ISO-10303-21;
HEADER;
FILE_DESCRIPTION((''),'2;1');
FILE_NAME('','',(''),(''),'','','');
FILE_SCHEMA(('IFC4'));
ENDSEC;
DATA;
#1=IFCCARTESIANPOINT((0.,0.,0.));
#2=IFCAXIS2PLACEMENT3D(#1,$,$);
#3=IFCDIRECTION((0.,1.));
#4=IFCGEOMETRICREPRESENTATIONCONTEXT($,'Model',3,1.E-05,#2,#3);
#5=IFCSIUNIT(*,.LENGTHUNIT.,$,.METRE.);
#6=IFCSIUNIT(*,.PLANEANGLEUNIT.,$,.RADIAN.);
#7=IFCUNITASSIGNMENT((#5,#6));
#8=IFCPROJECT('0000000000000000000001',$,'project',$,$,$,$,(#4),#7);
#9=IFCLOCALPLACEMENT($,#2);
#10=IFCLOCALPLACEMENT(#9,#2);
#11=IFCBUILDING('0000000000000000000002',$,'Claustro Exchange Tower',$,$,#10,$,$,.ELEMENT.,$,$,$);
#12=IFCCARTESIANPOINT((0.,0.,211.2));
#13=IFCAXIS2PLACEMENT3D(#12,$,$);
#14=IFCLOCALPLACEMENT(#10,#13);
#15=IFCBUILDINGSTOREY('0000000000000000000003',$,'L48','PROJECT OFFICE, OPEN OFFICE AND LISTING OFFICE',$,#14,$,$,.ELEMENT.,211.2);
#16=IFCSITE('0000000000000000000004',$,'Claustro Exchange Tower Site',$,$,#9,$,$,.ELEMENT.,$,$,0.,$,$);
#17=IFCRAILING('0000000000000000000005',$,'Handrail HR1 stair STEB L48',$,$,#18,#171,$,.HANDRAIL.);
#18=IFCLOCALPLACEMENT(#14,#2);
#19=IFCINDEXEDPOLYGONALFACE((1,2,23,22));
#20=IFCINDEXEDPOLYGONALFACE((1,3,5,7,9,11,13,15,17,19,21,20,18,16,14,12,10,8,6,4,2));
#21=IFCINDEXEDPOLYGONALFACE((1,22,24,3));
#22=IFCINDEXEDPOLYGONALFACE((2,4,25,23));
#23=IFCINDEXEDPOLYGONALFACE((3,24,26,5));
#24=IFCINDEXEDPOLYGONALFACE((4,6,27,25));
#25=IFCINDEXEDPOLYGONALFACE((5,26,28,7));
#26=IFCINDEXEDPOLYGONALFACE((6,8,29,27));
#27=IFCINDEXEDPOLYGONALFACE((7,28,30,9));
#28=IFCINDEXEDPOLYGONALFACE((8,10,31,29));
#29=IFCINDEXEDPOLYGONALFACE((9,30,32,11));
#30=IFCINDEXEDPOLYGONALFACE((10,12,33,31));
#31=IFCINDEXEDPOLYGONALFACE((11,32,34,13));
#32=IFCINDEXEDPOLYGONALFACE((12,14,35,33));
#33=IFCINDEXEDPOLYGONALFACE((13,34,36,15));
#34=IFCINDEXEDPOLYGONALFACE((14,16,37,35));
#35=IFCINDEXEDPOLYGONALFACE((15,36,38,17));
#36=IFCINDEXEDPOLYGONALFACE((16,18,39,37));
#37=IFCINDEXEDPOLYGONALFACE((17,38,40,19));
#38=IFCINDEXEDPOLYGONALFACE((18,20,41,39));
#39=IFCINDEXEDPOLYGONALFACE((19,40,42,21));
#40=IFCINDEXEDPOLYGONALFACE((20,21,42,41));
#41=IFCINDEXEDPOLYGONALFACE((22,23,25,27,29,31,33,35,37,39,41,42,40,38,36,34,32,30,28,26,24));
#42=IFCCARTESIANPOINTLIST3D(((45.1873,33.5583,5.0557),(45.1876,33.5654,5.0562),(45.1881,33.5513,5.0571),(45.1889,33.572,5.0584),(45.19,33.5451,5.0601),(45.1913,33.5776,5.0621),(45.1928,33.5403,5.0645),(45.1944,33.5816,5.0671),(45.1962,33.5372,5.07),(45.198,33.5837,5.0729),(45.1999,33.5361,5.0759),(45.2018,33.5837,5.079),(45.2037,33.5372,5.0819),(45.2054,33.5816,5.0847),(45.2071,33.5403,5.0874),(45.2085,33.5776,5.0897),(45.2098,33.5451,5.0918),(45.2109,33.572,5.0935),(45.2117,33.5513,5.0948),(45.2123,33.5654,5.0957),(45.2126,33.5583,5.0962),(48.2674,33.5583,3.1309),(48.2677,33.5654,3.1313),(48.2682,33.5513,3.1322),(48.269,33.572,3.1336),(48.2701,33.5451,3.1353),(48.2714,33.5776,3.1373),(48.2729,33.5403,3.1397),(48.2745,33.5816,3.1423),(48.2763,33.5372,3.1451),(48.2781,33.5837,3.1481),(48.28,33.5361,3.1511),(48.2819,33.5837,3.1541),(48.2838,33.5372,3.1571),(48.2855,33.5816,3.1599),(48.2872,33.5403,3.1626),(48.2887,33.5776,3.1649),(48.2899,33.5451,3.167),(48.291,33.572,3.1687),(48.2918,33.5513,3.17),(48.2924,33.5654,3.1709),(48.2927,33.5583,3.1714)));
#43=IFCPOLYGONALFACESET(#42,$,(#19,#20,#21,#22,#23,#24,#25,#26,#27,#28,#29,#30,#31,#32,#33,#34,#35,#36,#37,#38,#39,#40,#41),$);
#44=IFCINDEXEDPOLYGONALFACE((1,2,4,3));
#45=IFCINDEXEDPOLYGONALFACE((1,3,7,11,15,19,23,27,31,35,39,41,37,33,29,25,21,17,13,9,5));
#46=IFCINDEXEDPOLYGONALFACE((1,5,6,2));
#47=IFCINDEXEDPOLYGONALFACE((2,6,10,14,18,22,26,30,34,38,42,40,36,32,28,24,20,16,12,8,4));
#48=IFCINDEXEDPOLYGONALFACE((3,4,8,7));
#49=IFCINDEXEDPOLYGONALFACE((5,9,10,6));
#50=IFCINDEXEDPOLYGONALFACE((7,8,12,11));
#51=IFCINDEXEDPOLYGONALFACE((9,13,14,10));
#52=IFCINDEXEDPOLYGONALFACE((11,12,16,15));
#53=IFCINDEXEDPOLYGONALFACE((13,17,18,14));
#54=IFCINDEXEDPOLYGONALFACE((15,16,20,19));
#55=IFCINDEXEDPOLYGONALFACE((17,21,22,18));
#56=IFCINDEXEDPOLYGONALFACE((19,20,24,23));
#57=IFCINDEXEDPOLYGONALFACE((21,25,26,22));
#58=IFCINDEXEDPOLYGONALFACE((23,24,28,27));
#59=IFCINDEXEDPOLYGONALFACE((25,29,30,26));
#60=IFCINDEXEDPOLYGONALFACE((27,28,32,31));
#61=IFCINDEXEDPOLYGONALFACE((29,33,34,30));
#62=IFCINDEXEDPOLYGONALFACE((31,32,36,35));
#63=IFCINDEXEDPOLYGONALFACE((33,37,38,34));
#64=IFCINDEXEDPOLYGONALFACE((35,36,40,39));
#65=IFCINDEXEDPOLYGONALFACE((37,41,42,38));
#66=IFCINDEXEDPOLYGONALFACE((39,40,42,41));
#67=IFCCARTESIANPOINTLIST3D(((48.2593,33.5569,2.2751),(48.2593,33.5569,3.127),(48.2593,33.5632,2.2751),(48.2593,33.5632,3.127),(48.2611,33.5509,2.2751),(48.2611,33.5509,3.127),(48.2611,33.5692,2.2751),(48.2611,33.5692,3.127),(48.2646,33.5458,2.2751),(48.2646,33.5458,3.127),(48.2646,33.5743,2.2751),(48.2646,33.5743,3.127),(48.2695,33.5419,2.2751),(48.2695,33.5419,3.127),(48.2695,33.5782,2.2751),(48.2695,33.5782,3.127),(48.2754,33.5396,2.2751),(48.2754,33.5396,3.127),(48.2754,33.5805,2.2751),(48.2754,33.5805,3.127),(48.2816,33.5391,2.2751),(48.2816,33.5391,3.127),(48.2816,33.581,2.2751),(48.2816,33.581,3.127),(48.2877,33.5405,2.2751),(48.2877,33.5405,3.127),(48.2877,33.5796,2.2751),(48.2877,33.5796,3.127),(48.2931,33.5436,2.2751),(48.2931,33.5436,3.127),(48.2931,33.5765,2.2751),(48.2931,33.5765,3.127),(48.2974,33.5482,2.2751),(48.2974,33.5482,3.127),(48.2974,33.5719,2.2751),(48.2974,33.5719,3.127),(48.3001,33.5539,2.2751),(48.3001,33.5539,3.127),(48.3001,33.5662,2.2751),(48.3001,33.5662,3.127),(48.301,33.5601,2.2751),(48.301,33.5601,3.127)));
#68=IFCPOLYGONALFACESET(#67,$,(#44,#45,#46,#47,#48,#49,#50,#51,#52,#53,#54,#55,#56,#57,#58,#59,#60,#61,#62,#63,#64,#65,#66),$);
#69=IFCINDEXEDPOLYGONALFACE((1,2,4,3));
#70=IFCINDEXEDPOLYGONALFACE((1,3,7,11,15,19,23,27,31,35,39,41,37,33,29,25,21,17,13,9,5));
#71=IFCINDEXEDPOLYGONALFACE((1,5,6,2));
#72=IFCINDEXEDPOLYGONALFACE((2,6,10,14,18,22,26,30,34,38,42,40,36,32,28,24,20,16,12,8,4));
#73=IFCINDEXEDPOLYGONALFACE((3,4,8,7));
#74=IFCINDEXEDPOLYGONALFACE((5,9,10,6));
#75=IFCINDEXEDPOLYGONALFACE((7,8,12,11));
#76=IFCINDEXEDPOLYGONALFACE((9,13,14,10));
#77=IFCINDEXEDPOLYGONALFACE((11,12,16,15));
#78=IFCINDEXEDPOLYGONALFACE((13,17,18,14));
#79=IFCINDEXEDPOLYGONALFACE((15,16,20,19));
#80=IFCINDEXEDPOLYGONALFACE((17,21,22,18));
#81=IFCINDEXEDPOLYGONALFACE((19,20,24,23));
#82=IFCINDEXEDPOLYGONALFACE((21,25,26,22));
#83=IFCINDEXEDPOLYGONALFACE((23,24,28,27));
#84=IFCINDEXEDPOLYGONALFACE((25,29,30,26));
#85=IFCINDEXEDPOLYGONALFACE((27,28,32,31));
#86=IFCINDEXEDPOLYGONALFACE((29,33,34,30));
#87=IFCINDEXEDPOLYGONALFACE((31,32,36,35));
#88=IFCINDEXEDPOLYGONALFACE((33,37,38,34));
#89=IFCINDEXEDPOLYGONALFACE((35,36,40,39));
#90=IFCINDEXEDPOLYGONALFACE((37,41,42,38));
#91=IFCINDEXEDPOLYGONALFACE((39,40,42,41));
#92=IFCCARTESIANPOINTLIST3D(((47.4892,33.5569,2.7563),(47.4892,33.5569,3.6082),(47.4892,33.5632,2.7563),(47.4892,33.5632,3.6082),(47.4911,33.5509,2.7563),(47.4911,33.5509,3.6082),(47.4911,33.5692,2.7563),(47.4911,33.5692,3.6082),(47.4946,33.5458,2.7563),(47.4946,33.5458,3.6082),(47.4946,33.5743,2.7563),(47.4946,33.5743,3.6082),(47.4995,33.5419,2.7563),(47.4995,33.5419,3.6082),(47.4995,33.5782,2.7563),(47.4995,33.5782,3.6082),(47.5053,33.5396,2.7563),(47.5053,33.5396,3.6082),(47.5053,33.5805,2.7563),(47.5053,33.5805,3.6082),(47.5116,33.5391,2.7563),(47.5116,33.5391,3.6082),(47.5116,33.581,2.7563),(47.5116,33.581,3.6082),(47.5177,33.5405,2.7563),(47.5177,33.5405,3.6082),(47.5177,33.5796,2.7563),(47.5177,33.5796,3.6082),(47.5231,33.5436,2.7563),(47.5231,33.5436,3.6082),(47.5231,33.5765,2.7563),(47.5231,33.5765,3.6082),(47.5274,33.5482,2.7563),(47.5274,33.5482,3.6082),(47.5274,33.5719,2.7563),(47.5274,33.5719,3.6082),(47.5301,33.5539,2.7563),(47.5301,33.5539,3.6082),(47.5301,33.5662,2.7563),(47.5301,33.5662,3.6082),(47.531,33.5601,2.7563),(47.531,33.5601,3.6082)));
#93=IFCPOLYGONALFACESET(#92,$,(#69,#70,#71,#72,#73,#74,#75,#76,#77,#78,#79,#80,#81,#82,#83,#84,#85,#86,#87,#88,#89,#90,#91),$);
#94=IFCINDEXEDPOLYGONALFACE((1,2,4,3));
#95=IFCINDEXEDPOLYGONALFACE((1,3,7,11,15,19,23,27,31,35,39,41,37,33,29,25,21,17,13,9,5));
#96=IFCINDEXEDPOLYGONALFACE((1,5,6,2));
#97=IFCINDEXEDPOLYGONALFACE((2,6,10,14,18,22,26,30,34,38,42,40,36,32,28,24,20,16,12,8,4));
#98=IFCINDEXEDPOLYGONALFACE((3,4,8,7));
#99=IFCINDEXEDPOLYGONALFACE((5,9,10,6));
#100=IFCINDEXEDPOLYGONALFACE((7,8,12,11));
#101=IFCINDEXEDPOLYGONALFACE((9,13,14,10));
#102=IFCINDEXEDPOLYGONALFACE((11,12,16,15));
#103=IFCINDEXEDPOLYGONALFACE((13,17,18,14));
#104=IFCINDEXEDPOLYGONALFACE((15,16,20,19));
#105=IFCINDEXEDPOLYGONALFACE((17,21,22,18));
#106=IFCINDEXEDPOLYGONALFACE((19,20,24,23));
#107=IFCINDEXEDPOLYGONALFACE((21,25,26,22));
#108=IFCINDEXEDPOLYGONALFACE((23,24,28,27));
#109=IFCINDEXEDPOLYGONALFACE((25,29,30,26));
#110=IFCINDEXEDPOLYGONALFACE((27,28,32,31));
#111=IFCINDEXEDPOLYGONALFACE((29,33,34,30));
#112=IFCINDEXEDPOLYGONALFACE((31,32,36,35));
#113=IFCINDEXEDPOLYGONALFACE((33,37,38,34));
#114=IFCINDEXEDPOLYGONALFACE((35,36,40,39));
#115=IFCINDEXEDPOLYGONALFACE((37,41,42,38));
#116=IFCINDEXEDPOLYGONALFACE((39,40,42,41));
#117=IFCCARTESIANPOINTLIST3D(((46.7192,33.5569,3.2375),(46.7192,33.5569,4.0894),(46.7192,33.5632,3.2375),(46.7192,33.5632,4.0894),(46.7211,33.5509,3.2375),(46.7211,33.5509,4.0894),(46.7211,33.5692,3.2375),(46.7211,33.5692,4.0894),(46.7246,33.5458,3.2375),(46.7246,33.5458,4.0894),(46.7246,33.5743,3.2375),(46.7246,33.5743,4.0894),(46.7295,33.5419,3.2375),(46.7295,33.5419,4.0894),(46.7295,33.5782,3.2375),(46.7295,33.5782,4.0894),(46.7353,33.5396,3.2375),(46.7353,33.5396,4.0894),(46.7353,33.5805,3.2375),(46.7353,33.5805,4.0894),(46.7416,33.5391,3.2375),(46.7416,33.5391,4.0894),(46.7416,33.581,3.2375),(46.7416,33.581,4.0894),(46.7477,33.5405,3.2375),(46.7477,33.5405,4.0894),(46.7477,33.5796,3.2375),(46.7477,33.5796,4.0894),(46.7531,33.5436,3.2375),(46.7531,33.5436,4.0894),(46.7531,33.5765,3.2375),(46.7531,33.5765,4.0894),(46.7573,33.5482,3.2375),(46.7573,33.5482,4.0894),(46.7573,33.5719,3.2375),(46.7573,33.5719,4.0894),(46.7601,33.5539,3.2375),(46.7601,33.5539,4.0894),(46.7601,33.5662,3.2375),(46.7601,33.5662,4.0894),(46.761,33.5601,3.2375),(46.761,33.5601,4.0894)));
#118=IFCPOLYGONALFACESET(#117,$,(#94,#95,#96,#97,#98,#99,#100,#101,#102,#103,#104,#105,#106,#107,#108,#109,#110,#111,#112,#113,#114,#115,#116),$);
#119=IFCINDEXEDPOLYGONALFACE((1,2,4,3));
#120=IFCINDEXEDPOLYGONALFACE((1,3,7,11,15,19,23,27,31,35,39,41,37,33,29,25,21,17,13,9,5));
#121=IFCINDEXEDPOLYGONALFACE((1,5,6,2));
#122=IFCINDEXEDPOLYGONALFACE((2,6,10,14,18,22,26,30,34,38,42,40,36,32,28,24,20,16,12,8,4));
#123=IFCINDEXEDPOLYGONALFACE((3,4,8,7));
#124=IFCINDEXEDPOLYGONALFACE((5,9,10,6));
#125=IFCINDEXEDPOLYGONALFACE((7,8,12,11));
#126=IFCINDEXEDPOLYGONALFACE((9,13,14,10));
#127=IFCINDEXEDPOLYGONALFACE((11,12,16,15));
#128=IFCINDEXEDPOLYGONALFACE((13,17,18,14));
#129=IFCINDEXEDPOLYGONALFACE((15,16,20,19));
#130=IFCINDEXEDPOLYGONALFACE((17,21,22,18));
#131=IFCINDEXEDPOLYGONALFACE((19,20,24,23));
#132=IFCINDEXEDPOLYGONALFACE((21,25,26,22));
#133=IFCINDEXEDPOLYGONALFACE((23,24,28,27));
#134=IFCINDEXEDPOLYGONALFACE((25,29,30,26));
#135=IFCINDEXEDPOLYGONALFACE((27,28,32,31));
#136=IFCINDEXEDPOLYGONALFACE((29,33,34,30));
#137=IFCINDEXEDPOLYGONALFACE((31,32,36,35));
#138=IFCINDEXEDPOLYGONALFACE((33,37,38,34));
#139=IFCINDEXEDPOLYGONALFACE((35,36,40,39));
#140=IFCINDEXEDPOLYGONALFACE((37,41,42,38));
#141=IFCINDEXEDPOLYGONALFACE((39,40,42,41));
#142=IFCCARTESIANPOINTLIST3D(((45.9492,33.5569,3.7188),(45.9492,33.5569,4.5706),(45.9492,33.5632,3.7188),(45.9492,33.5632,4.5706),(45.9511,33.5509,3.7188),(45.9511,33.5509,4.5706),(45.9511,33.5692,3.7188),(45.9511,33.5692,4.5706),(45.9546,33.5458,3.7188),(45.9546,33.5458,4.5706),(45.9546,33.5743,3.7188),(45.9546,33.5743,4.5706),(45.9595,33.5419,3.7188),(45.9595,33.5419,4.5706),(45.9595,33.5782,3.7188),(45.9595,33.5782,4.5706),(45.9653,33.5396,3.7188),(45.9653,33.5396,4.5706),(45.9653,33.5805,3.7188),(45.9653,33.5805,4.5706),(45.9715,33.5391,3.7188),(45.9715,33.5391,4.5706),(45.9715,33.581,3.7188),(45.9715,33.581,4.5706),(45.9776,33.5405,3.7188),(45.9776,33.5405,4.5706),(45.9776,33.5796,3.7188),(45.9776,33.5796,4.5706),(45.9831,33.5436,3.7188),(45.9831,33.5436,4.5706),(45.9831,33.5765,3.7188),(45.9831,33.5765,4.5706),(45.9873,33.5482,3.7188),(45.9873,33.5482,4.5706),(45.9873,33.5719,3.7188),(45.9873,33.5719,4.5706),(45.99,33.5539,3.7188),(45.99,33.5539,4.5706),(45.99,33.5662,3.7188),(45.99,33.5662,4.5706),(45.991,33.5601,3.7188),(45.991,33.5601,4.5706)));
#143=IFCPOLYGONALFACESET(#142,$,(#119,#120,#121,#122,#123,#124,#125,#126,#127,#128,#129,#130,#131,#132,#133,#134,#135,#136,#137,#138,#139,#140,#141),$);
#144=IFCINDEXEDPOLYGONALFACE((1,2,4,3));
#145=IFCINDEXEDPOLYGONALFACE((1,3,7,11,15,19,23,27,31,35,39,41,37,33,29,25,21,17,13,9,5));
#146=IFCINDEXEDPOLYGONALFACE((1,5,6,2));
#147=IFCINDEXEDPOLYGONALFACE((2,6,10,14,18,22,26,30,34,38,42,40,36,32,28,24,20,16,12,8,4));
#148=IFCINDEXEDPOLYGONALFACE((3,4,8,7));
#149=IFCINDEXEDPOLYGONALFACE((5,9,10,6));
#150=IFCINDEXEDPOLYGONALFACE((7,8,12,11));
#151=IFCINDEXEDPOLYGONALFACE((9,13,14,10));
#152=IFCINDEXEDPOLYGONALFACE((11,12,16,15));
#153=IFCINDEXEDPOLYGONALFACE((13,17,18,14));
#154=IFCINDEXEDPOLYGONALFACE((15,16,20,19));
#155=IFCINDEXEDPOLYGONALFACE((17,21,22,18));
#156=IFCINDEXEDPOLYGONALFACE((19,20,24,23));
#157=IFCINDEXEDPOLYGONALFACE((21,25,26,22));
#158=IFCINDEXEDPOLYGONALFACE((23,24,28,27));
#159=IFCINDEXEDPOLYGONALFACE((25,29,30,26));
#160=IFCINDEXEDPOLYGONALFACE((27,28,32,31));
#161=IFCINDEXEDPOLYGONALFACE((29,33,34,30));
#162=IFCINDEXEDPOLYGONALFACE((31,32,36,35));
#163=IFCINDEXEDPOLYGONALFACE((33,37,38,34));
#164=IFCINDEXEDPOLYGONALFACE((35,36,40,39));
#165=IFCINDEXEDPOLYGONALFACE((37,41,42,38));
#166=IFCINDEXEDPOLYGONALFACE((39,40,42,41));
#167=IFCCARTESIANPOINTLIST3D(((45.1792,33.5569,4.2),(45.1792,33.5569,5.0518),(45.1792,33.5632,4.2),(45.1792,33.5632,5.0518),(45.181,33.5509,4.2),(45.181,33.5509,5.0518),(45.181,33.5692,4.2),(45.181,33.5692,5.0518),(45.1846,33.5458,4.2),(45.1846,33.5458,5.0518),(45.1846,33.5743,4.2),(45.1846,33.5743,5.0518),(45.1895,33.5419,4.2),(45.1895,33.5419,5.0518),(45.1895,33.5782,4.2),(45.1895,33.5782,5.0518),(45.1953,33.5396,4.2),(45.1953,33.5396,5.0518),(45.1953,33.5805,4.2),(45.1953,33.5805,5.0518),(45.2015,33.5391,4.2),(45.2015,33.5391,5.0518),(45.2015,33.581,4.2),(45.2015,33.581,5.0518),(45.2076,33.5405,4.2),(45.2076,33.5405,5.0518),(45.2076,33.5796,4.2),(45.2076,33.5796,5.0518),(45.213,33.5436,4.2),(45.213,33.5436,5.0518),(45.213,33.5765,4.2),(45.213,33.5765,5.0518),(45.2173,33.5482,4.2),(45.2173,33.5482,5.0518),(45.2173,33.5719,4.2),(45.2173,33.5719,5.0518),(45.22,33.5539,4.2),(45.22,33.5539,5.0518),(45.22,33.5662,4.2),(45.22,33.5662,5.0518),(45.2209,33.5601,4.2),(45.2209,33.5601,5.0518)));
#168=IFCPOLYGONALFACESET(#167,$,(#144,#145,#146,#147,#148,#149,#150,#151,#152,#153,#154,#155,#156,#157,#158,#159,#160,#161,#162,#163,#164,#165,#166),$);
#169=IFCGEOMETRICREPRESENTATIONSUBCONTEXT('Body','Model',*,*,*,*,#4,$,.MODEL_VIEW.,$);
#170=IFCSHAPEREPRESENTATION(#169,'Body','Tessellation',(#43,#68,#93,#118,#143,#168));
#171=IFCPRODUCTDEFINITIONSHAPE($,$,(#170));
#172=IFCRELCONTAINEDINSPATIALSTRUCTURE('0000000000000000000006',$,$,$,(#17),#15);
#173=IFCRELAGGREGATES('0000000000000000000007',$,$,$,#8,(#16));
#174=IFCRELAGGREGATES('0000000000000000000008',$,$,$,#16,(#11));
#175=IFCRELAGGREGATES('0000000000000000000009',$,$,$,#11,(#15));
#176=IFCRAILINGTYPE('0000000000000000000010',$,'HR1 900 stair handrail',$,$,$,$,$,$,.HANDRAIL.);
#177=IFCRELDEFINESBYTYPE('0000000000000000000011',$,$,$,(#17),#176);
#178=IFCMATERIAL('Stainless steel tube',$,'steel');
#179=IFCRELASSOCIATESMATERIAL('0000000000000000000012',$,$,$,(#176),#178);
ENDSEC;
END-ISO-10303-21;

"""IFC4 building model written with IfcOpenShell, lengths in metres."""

from ifc_helpers import new_model, si_unit, direction, frame, origin, origin_2d, place, context, subcontext, project, spatial, circle, extrude, material, type_object, element, save


model = new_model("IFC4")

# Units and contexts
model_context = context("Model", 3, precision=1e-05, world=origin(), true_north=direction((0.0, 1.0)))
body_context = subcontext(model_context, "Body", "Model", "MODEL_VIEW")
ifc_project = project(units=[si_unit("LENGTHUNIT", "METRE"), si_unit("PLANEANGLEUNIT", "RADIAN")], contexts=[model_context])

# Site, building, storey
site_placement = place(None, origin())
site = spatial("IfcSite", under=ifc_project, at=site_placement, Name="Claustro Exchange Tower Site", CompositionType="ELEMENT", RefElevation=0.0)
building_placement = place(site_placement, origin())
building = spatial("IfcBuilding", under=site, at=building_placement, Name="Claustro Exchange Tower", CompositionType="ELEMENT")
storey_placement = place(building_placement, frame((0.0, 0.0, 211.2)))
storey = spatial("IfcBuildingStorey", under=building, at=storey_placement, Name="L48", Description="PROJECT OFFICE, OPEN OFFICE AND LISTING OFFICE", CompositionType="ELEMENT", Elevation=211.2)

# Railing
ifc_material_1 = material(Name="Stainless steel tube", Category="steel")
railing_type_1 = type_object("IfcRailingType", Name="HR1 900 stair handrail", PredefinedType="HANDRAIL", material=ifc_material_1)
railing_1_placement = place(storey_placement, frame((48.28, 33.5601, 2.2751)))
element("IfcRailing", 1, at=railing_1_placement, inside=storey, type_object=railing_type_1, Name="Handrail HR1 stair STEB L48", PredefinedType="HANDRAIL", context=body_context, shape_type="SweptSolid", body=[
    extrude(circle(Radius=0.0239, at=origin_2d()), frame((0.0, 0.0, 0.876), z_axis=(-0.848029, 0.0, 0.529951), x_axis=(0.0, -1.0, 0.0)), (0.0, 0.0, 1.0), 3.6321),
    extrude(circle(Radius=0.021, at=origin_2d()), origin(), (0.0, 0.0, 1.0), 0.8518),
    extrude(circle(Radius=0.021, at=origin_2d()), frame((-0.77, 0.0, 0.4812)), (0.0, 0.0, 1.0), 0.8518),
    extrude(circle(Radius=0.021, at=origin_2d()), frame((-1.54, 0.0, 0.9624)), (0.0, 0.0, 1.0), 0.8518),
    extrude(circle(Radius=0.021, at=origin_2d()), frame((-2.3101, 0.0, 1.4436)), (0.0, 0.0, 1.0), 0.8518),
    extrude(circle(Radius=0.021, at=origin_2d()), frame((-3.0801, 0.0, 1.9248)), (0.0, 0.0, 1.0), 0.8518),
])

save(model, "model.ifc")
